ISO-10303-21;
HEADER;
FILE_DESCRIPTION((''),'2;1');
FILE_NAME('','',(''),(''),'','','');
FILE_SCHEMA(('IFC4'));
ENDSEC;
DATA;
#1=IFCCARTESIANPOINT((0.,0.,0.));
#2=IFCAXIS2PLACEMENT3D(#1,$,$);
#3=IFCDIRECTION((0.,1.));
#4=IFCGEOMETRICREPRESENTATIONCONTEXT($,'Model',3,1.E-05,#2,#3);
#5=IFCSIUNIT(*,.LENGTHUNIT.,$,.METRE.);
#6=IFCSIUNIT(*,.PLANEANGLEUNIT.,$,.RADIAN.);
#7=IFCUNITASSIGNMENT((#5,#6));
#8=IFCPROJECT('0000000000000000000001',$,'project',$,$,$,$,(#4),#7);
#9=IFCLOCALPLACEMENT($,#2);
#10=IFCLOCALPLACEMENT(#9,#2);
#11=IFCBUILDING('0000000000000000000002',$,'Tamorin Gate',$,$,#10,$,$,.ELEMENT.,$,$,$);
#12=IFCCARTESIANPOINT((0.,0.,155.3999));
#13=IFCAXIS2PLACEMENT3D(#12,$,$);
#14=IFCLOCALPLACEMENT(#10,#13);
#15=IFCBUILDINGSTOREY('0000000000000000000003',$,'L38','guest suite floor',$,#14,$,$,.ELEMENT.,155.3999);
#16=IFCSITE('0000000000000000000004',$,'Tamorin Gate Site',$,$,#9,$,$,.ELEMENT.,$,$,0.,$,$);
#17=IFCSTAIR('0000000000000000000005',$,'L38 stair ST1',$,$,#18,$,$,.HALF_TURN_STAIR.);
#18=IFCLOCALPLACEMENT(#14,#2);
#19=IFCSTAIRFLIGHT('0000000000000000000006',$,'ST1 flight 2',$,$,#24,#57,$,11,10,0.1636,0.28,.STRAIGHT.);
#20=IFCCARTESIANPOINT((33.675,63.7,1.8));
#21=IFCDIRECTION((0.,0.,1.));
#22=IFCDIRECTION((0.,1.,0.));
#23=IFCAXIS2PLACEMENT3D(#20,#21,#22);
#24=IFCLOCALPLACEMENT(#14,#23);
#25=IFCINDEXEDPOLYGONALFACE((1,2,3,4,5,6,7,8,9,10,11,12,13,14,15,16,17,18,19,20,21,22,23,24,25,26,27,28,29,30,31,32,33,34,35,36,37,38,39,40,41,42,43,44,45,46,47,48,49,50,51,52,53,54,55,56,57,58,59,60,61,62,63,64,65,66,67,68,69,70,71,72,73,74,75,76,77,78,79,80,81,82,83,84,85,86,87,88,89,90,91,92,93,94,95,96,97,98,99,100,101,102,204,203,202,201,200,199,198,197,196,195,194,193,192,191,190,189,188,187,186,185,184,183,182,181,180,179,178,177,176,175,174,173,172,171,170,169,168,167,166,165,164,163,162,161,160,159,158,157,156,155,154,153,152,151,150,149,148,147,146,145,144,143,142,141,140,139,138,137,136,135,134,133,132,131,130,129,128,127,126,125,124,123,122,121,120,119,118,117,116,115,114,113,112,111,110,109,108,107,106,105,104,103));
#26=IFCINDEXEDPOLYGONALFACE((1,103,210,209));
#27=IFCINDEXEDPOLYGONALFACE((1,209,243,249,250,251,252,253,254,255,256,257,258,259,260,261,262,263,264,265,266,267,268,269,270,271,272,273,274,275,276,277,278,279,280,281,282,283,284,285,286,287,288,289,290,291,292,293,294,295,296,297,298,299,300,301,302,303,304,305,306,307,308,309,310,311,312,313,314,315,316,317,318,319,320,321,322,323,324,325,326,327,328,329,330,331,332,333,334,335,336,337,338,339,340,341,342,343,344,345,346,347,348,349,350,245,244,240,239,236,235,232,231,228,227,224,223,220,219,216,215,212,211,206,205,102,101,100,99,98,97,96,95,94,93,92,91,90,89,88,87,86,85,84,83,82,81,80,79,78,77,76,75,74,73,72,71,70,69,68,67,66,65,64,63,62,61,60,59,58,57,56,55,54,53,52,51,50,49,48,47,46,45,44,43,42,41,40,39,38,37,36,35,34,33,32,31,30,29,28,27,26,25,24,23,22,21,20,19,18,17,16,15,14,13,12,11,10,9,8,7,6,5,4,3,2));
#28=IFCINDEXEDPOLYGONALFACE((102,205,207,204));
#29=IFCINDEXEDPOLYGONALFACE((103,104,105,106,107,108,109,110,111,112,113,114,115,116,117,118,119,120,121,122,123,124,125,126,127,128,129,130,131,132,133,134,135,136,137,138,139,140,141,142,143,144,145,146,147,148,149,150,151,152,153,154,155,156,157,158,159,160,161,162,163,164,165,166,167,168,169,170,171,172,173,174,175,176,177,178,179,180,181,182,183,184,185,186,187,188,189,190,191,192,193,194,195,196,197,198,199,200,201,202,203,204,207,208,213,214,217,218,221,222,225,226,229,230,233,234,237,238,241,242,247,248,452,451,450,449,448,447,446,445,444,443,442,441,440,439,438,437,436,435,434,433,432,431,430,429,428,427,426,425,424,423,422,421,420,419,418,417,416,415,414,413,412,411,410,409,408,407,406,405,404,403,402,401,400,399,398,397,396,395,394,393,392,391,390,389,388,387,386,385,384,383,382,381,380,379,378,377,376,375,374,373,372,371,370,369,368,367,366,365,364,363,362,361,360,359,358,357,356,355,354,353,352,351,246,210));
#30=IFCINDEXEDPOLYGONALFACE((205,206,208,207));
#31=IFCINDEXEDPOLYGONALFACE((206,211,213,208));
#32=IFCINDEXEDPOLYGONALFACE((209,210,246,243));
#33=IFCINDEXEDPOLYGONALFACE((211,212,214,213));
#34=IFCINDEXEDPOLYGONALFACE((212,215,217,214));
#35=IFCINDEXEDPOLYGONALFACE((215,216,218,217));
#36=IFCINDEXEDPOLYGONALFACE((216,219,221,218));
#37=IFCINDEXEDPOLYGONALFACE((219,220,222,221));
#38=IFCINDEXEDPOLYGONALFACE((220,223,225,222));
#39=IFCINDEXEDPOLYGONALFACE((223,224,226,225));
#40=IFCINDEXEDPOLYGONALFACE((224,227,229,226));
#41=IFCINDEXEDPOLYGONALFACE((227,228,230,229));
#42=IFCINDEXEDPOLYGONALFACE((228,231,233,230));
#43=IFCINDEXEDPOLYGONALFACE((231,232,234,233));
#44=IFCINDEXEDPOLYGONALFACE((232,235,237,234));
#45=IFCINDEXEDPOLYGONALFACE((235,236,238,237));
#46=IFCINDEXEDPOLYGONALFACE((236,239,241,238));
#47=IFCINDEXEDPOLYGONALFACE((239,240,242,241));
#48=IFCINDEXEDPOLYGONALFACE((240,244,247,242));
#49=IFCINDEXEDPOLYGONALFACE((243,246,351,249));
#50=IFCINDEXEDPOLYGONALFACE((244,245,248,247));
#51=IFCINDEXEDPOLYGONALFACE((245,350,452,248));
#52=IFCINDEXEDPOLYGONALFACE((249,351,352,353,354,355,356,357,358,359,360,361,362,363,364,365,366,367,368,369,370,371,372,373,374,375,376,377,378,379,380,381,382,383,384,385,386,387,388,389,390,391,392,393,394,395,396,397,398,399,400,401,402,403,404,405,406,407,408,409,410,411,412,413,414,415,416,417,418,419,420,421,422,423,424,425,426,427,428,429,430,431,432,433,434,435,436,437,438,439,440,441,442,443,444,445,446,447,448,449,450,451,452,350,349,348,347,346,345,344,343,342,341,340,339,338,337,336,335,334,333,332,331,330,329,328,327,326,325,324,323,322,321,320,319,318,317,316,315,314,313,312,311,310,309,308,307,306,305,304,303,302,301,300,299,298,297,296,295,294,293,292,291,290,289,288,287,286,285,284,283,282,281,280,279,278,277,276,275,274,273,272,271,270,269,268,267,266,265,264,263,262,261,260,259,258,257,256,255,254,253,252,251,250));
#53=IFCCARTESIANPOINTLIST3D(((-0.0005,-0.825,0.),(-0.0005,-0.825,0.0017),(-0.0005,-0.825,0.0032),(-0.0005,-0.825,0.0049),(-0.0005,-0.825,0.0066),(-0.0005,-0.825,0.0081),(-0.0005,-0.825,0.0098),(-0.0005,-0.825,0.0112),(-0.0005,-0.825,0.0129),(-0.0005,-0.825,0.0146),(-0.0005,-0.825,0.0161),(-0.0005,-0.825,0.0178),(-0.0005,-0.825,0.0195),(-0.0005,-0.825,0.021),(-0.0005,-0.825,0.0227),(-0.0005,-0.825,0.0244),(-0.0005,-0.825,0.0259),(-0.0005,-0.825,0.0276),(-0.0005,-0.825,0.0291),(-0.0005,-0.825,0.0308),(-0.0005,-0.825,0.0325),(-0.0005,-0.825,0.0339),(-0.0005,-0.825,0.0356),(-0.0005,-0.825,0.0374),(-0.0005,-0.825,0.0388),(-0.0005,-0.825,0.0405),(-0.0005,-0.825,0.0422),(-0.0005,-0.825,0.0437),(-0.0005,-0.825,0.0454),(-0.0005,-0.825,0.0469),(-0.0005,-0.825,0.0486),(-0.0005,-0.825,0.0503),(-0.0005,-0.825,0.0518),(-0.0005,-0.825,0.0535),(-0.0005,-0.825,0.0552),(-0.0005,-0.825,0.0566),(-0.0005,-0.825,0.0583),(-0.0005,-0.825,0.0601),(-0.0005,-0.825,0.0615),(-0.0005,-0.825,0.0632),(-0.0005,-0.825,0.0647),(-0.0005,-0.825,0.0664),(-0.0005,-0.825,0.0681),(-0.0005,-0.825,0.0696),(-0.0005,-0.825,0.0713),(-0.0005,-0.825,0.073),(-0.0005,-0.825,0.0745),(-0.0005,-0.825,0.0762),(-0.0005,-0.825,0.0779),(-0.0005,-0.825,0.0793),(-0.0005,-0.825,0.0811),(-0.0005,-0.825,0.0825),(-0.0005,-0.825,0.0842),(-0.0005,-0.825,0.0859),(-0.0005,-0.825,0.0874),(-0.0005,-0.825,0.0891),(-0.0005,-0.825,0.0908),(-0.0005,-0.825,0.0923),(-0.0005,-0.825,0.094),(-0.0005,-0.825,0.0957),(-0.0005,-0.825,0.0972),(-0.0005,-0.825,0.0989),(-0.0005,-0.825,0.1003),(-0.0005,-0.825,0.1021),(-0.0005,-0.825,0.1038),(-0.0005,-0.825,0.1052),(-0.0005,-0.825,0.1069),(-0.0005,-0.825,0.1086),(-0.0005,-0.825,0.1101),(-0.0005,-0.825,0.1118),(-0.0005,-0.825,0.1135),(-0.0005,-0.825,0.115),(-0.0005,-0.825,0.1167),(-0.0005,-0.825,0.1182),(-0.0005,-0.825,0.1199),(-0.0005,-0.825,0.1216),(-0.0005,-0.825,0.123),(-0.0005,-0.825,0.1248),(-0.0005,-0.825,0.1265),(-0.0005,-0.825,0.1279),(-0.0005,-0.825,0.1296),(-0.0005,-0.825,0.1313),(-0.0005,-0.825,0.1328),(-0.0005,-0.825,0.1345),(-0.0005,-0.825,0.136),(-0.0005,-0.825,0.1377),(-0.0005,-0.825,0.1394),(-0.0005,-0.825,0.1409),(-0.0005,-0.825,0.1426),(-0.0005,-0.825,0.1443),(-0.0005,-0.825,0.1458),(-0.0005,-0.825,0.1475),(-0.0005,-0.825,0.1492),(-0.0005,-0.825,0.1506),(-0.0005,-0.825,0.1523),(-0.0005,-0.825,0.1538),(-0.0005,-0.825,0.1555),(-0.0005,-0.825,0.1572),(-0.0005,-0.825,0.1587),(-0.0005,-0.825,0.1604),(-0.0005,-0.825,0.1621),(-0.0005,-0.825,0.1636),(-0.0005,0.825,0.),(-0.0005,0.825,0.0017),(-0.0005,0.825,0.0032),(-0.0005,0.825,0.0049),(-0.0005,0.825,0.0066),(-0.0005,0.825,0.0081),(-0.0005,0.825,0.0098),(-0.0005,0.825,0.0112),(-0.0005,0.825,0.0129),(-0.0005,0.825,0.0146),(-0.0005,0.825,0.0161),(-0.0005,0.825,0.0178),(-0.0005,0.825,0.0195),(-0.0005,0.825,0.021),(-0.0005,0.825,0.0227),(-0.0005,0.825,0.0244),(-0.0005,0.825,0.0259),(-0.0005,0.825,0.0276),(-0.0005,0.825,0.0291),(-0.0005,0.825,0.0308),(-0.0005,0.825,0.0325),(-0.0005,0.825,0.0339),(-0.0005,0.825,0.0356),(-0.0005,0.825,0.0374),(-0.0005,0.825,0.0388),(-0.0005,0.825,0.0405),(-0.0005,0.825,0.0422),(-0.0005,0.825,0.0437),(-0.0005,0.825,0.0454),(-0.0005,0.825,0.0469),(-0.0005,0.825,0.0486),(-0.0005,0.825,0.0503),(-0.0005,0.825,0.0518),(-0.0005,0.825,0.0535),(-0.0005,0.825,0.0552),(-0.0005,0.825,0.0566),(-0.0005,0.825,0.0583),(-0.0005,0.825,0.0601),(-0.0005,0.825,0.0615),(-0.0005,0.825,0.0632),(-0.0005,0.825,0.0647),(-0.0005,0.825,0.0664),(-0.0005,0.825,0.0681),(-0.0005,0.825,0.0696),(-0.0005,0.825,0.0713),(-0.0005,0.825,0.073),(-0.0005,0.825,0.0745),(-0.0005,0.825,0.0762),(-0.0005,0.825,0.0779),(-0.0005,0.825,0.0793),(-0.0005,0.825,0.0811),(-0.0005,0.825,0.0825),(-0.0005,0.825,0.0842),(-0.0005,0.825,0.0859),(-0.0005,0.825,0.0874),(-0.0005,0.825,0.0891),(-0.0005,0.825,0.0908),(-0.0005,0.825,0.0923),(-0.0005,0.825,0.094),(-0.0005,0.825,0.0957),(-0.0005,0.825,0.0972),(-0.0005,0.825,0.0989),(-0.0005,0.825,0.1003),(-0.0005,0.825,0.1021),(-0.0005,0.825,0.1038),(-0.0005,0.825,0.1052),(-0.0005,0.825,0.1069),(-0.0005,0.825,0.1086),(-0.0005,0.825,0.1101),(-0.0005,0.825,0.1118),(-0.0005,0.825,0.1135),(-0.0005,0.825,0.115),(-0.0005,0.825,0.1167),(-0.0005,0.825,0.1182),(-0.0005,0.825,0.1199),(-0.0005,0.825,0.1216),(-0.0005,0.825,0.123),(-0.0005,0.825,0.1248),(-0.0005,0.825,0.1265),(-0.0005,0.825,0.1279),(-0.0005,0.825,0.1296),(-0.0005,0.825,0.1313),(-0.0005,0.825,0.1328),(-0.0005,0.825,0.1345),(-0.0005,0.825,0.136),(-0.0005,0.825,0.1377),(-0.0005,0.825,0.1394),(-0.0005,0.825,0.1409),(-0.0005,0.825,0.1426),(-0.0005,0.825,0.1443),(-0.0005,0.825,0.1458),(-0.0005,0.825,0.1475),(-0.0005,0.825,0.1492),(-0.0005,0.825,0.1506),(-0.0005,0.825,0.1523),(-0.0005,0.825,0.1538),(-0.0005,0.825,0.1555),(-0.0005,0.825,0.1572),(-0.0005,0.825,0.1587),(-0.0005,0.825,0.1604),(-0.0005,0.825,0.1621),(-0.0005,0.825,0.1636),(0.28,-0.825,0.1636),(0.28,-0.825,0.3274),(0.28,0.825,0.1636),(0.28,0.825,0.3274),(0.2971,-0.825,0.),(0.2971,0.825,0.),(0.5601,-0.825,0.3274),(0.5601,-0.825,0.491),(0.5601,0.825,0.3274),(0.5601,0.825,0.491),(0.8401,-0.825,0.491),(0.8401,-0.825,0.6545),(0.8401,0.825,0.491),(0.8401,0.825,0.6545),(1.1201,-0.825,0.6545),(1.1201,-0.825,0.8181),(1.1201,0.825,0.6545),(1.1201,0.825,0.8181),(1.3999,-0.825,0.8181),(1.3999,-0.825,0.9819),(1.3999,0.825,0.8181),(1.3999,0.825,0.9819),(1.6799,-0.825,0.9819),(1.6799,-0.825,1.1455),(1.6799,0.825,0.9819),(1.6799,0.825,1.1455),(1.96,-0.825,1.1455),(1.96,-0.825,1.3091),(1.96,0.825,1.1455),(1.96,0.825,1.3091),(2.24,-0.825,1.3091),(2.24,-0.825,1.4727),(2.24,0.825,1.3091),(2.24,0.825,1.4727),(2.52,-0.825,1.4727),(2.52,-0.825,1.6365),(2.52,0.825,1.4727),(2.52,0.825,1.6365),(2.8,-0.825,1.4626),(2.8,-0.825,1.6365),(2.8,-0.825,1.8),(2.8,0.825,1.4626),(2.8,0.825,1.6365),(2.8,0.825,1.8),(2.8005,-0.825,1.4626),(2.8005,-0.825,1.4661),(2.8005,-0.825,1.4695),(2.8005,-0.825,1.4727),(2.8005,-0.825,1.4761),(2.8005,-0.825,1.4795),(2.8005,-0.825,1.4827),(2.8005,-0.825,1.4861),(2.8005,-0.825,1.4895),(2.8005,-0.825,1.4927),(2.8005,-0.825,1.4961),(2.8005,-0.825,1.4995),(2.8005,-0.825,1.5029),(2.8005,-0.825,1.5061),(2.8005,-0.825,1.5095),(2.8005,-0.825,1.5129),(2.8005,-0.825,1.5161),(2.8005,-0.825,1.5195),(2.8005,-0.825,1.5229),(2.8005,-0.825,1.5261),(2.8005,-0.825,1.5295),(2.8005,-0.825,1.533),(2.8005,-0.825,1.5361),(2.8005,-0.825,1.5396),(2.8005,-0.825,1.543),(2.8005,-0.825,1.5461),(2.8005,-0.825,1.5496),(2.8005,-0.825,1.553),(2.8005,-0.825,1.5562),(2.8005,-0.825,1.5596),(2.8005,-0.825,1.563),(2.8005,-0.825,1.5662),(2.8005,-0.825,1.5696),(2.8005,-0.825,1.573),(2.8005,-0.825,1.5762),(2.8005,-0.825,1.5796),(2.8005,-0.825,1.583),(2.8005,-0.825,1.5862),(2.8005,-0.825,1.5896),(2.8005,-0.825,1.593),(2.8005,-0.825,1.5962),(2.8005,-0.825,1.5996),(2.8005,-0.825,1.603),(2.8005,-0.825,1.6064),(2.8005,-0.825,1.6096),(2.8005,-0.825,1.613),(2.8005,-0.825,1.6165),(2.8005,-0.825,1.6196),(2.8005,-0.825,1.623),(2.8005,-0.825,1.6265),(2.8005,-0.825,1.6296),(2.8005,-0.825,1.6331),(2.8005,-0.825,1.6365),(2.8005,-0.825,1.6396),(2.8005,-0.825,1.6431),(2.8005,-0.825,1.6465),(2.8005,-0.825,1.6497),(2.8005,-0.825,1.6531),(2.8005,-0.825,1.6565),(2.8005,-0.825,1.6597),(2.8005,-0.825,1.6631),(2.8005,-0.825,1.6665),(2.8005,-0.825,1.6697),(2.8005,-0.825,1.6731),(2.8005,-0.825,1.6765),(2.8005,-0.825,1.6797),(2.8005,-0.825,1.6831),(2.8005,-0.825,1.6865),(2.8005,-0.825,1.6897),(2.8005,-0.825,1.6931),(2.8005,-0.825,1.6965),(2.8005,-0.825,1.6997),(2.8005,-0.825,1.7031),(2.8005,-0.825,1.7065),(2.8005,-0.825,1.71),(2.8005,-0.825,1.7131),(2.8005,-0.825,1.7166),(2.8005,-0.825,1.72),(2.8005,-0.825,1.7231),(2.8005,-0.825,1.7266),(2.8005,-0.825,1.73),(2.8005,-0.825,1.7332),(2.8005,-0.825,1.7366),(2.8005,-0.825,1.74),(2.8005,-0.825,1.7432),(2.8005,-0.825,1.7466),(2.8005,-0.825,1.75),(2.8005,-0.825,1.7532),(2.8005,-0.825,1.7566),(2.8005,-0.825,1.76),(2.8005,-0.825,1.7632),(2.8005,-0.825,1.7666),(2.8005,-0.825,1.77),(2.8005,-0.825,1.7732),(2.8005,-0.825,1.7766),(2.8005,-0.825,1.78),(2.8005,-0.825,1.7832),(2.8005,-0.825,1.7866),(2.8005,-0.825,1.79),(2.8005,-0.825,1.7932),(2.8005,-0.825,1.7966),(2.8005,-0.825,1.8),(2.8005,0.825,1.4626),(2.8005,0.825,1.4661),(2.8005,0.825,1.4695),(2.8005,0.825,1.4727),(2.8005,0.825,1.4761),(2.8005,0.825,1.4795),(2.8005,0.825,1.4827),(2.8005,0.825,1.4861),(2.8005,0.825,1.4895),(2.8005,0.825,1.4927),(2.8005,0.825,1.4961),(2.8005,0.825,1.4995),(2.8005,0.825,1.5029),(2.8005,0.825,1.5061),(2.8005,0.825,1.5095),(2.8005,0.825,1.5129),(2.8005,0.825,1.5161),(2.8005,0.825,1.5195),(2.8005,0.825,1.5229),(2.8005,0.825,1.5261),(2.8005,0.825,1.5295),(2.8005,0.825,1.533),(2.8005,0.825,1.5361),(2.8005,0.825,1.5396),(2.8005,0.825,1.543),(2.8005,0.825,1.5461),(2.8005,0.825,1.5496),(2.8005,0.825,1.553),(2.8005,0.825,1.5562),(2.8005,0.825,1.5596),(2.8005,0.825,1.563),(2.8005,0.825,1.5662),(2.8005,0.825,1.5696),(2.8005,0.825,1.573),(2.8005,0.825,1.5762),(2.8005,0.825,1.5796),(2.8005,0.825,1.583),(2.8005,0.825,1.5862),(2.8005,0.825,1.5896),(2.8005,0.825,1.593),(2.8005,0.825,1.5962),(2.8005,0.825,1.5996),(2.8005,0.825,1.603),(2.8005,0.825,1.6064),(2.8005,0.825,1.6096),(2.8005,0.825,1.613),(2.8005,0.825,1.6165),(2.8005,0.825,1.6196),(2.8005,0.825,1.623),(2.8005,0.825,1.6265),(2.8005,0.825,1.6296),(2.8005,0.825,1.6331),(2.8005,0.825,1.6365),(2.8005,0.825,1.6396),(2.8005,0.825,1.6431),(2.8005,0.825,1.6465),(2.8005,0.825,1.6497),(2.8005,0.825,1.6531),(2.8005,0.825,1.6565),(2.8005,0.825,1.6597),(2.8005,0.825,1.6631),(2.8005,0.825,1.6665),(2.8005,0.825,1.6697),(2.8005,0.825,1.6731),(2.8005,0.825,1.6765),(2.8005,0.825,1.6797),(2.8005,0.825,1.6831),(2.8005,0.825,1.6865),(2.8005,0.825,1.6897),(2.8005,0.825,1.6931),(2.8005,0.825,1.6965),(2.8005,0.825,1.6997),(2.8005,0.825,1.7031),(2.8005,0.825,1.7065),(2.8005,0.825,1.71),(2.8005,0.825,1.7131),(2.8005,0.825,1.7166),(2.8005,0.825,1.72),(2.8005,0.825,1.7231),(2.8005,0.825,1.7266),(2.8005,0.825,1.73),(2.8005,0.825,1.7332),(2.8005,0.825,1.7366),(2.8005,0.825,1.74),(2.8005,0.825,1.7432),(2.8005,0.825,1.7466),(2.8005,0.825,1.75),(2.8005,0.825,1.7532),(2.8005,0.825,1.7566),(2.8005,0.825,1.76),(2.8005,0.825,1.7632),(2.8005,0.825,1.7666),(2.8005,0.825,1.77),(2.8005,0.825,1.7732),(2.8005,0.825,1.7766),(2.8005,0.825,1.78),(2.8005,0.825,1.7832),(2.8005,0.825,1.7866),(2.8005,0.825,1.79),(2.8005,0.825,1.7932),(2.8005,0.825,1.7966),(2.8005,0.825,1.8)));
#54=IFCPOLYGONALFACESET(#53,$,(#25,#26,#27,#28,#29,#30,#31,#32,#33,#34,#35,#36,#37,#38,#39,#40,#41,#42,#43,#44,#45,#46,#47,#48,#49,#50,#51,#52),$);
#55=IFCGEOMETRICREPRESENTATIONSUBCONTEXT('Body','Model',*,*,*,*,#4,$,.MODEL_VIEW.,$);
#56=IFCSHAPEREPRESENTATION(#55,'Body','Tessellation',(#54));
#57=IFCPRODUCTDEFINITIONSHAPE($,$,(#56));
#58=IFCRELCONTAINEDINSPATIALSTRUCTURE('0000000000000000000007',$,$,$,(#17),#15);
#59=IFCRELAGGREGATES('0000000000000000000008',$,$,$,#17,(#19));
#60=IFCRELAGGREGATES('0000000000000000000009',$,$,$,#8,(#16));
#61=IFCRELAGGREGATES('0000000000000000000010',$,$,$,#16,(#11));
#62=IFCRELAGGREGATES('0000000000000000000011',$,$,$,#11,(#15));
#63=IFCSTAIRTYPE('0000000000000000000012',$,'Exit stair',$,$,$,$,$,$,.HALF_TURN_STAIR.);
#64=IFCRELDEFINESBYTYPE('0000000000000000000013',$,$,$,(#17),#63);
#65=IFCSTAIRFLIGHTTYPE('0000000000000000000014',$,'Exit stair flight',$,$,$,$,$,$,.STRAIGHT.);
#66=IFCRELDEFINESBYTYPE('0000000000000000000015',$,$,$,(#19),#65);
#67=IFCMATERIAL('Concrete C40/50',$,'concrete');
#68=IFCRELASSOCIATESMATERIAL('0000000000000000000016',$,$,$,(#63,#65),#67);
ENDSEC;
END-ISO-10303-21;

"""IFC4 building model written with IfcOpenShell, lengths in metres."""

from ifc_helpers import new_model, si_unit, direction, frame, origin, place, context, subcontext, project, spatial, polyline, outline, extrude, material, type_object, element, aggregate, save


model = new_model("IFC4")

# Units and contexts
model_context = context("Model", 3, precision=1e-05, world=origin(), true_north=direction((0.0, 1.0)))
body_context = subcontext(model_context, "Body", "Model", "MODEL_VIEW")
ifc_project = project(units=[si_unit("LENGTHUNIT", "METRE"), si_unit("PLANEANGLEUNIT", "RADIAN")], contexts=[model_context])

# Site, building, storey
site_placement = place(None, origin())
site = spatial("IfcSite", under=ifc_project, at=site_placement, Name="Tamorin Gate Site", CompositionType="ELEMENT", RefElevation=0.0)
building_placement = place(site_placement, origin())
building = spatial("IfcBuilding", under=site, at=building_placement, Name="Tamorin Gate", CompositionType="ELEMENT")
storey_placement = place(building_placement, frame((0.0, 0.0, 155.3999)))
storey = spatial("IfcBuildingStorey", under=building, at=storey_placement, Name="L38", Description="guest suite floor", CompositionType="ELEMENT", Elevation=155.3999)

# Shared definitions
ifc_material_1 = material(Name="Concrete C40/50", Category="concrete")

# Stair, stair flight
stair_type = type_object("IfcStairType", Name="Exit stair", PredefinedType="HALF_TURN_STAIR", material=ifc_material_1)
stair_1_placement = place(storey_placement, origin())
stair_1 = element("IfcStair", 1, at=stair_1_placement, inside=storey, type_object=stair_type, Name="L38 stair ST1", PredefinedType="HALF_TURN_STAIR")
stair_flight_type = type_object("IfcStairFlightType", Name="Exit stair flight", PredefinedType="STRAIGHT", material=ifc_material_1)
stair_flight_1_placement = place(storey_placement, frame((33.675, 63.7, 1.8), z_axis=(0.0, 0.0, 1.0), x_axis=(0.0, 1.0, 0.0)))
stair_flight_1 = element("IfcStairFlight", 2, at=stair_flight_1_placement, type_object=stair_flight_type, Name="ST1 flight 2", NumberOfRisers=11, NumberOfTreads=10, PredefinedType="STRAIGHT", RiserHeight=0.1636, TreadLength=0.28, context=body_context, shape_type="SweptSolid", body=[
    extrude(outline(polyline([(-0.0005, 0.0), (-0.0005, 0.0017), (-0.0005, 0.0032), (-0.0005, 0.0049), (-0.0005, 0.0066), (-0.0005, 0.0081), (-0.0005, 0.0098), (-0.0005, 0.0112), (-0.0005, 0.0129), (-0.0005, 0.0146), (-0.0005, 0.0161), (-0.0005, 0.0178), (-0.0005, 0.0195), (-0.0005, 0.021), (-0.0005, 0.0227), (-0.0005, 0.0244), (-0.0005, 0.0259), (-0.0005, 0.0276), (-0.0005, 0.0291), (-0.0005, 0.0308), (-0.0005, 0.0325), (-0.0005, 0.0339), (-0.0005, 0.0356), (-0.0005, 0.0374), (-0.0005, 0.0388), (-0.0005, 0.0405), (-0.0005, 0.0422), (-0.0005, 0.0437), (-0.0005, 0.0454), (-0.0005, 0.0469), (-0.0005, 0.0486), (-0.0005, 0.0503), (-0.0005, 0.0518), (-0.0005, 0.0535), (-0.0005, 0.0552), (-0.0005, 0.0566), (-0.0005, 0.0583), (-0.0005, 0.0601), (-0.0005, 0.0615), (-0.0005, 0.0632), (-0.0005, 0.0647), (-0.0005, 0.0664), (-0.0005, 0.0681), (-0.0005, 0.0696), (-0.0005, 0.0713), (-0.0005, 0.073), (-0.0005, 0.0745), (-0.0005, 0.0762), (-0.0005, 0.0779), (-0.0005, 0.0793), (-0.0005, 0.0811), (-0.0005, 0.0825), (-0.0005, 0.0842), (-0.0005, 0.0859), (-0.0005, 0.0874), (-0.0005, 0.0891), (-0.0005, 0.0908), (-0.0005, 0.0923), (-0.0005, 0.094), (-0.0005, 0.0957), (-0.0005, 0.0972), (-0.0005, 0.0989), (-0.0005, 0.1003), (-0.0005, 0.1021), (-0.0005, 0.1038), (-0.0005, 0.1052), (-0.0005, 0.1069), (-0.0005, 0.1086), (-0.0005, 0.1101), (-0.0005, 0.1118), (-0.0005, 0.1135), (-0.0005, 0.115), (-0.0005, 0.1167), (-0.0005, 0.1182), (-0.0005, 0.1199), (-0.0005, 0.1216), (-0.0005, 0.123), (-0.0005, 0.1248), (-0.0005, 0.1265), (-0.0005, 0.1279), (-0.0005, 0.1296), (-0.0005, 0.1313), (-0.0005, 0.1328), (-0.0005, 0.1345), (-0.0005, 0.136), (-0.0005, 0.1377), (-0.0005, 0.1394), (-0.0005, 0.1409), (-0.0005, 0.1426), (-0.0005, 0.1443), (-0.0005, 0.1458), (-0.0005, 0.1475), (-0.0005, 0.1492), (-0.0005, 0.1506), (-0.0005, 0.1523), (-0.0005, 0.1538), (-0.0005, 0.1555), (-0.0005, 0.1572), (-0.0005, 0.1587), (-0.0005, 0.1604), (-0.0005, 0.1621), (-0.0005, 0.1636), (0.28, 0.1636), (0.28, 0.3274), (0.5601, 0.3274), (0.5601, 0.491), (0.8401, 0.491), (0.8401, 0.6545), (1.1201, 0.6545), (1.1201, 0.8181), (1.3999, 0.8181), (1.3999, 0.9819), (1.6799, 0.9819), (1.6799, 1.1455), (1.96, 1.1455), (1.96, 1.3091), (2.24, 1.3091), (2.24, 1.4727), (2.52, 1.4727), (2.52, 1.6365), (2.8, 1.6365), (2.8, 1.8), (2.8005, 1.8), (2.8005, 1.7966), (2.8005, 1.7932), (2.8005, 1.79), (2.8005, 1.7866), (2.8005, 1.7832), (2.8005, 1.78), (2.8005, 1.7766), (2.8005, 1.7732), (2.8005, 1.77), (2.8005, 1.7666), (2.8005, 1.7632), (2.8005, 1.76), (2.8005, 1.7566), (2.8005, 1.7532), (2.8005, 1.75), (2.8005, 1.7466), (2.8005, 1.7432), (2.8005, 1.74), (2.8005, 1.7366), (2.8005, 1.7332), (2.8005, 1.73), (2.8005, 1.7266), (2.8005, 1.7231), (2.8005, 1.72), (2.8005, 1.7166), (2.8005, 1.7131), (2.8005, 1.71), (2.8005, 1.7065), (2.8005, 1.7031), (2.8005, 1.6997), (2.8005, 1.6965), (2.8005, 1.6931), (2.8005, 1.6897), (2.8005, 1.6865), (2.8005, 1.6831), (2.8005, 1.6797), (2.8005, 1.6765), (2.8005, 1.6731), (2.8005, 1.6697), (2.8005, 1.6665), (2.8005, 1.6631), (2.8005, 1.6597), (2.8005, 1.6565), (2.8005, 1.6531), (2.8005, 1.6497), (2.8005, 1.6465), (2.8005, 1.6431), (2.8005, 1.6396), (2.8005, 1.6365), (2.8005, 1.6331), (2.8005, 1.6296), (2.8005, 1.6265), (2.8005, 1.623), (2.8005, 1.6196), (2.8005, 1.6165), (2.8005, 1.613), (2.8005, 1.6096), (2.8005, 1.6064), (2.8005, 1.603), (2.8005, 1.5996), (2.8005, 1.5962), (2.8005, 1.593), (2.8005, 1.5896), (2.8005, 1.5862), (2.8005, 1.583), (2.8005, 1.5796), (2.8005, 1.5762), (2.8005, 1.573), (2.8005, 1.5696), (2.8005, 1.5662), (2.8005, 1.563), (2.8005, 1.5596), (2.8005, 1.5562), (2.8005, 1.553), (2.8005, 1.5496), (2.8005, 1.5461), (2.8005, 1.543), (2.8005, 1.5396), (2.8005, 1.5361), (2.8005, 1.533), (2.8005, 1.5295), (2.8005, 1.5261), (2.8005, 1.5229), (2.8005, 1.5195), (2.8005, 1.5161), (2.8005, 1.5129), (2.8005, 1.5095), (2.8005, 1.5061), (2.8005, 1.5029), (2.8005, 1.4995), (2.8005, 1.4961), (2.8005, 1.4927), (2.8005, 1.4895), (2.8005, 1.4861), (2.8005, 1.4827), (2.8005, 1.4795), (2.8005, 1.4761), (2.8005, 1.4727), (2.8005, 1.4695), (2.8005, 1.4661), (2.8005, 1.4626), (2.8, 1.4626), (0.2971, 0.0), (-0.0005, 0.0)])), frame((0.0, 0.825, 0.0), z_axis=(0.0, -1.0, 0.0), x_axis=(1.0, 0.0, 0.0)), (0.0, 0.0, 1.0), 1.6499),
])
aggregate(stair_1, [stair_flight_1])

save(model, "model.ifc")
